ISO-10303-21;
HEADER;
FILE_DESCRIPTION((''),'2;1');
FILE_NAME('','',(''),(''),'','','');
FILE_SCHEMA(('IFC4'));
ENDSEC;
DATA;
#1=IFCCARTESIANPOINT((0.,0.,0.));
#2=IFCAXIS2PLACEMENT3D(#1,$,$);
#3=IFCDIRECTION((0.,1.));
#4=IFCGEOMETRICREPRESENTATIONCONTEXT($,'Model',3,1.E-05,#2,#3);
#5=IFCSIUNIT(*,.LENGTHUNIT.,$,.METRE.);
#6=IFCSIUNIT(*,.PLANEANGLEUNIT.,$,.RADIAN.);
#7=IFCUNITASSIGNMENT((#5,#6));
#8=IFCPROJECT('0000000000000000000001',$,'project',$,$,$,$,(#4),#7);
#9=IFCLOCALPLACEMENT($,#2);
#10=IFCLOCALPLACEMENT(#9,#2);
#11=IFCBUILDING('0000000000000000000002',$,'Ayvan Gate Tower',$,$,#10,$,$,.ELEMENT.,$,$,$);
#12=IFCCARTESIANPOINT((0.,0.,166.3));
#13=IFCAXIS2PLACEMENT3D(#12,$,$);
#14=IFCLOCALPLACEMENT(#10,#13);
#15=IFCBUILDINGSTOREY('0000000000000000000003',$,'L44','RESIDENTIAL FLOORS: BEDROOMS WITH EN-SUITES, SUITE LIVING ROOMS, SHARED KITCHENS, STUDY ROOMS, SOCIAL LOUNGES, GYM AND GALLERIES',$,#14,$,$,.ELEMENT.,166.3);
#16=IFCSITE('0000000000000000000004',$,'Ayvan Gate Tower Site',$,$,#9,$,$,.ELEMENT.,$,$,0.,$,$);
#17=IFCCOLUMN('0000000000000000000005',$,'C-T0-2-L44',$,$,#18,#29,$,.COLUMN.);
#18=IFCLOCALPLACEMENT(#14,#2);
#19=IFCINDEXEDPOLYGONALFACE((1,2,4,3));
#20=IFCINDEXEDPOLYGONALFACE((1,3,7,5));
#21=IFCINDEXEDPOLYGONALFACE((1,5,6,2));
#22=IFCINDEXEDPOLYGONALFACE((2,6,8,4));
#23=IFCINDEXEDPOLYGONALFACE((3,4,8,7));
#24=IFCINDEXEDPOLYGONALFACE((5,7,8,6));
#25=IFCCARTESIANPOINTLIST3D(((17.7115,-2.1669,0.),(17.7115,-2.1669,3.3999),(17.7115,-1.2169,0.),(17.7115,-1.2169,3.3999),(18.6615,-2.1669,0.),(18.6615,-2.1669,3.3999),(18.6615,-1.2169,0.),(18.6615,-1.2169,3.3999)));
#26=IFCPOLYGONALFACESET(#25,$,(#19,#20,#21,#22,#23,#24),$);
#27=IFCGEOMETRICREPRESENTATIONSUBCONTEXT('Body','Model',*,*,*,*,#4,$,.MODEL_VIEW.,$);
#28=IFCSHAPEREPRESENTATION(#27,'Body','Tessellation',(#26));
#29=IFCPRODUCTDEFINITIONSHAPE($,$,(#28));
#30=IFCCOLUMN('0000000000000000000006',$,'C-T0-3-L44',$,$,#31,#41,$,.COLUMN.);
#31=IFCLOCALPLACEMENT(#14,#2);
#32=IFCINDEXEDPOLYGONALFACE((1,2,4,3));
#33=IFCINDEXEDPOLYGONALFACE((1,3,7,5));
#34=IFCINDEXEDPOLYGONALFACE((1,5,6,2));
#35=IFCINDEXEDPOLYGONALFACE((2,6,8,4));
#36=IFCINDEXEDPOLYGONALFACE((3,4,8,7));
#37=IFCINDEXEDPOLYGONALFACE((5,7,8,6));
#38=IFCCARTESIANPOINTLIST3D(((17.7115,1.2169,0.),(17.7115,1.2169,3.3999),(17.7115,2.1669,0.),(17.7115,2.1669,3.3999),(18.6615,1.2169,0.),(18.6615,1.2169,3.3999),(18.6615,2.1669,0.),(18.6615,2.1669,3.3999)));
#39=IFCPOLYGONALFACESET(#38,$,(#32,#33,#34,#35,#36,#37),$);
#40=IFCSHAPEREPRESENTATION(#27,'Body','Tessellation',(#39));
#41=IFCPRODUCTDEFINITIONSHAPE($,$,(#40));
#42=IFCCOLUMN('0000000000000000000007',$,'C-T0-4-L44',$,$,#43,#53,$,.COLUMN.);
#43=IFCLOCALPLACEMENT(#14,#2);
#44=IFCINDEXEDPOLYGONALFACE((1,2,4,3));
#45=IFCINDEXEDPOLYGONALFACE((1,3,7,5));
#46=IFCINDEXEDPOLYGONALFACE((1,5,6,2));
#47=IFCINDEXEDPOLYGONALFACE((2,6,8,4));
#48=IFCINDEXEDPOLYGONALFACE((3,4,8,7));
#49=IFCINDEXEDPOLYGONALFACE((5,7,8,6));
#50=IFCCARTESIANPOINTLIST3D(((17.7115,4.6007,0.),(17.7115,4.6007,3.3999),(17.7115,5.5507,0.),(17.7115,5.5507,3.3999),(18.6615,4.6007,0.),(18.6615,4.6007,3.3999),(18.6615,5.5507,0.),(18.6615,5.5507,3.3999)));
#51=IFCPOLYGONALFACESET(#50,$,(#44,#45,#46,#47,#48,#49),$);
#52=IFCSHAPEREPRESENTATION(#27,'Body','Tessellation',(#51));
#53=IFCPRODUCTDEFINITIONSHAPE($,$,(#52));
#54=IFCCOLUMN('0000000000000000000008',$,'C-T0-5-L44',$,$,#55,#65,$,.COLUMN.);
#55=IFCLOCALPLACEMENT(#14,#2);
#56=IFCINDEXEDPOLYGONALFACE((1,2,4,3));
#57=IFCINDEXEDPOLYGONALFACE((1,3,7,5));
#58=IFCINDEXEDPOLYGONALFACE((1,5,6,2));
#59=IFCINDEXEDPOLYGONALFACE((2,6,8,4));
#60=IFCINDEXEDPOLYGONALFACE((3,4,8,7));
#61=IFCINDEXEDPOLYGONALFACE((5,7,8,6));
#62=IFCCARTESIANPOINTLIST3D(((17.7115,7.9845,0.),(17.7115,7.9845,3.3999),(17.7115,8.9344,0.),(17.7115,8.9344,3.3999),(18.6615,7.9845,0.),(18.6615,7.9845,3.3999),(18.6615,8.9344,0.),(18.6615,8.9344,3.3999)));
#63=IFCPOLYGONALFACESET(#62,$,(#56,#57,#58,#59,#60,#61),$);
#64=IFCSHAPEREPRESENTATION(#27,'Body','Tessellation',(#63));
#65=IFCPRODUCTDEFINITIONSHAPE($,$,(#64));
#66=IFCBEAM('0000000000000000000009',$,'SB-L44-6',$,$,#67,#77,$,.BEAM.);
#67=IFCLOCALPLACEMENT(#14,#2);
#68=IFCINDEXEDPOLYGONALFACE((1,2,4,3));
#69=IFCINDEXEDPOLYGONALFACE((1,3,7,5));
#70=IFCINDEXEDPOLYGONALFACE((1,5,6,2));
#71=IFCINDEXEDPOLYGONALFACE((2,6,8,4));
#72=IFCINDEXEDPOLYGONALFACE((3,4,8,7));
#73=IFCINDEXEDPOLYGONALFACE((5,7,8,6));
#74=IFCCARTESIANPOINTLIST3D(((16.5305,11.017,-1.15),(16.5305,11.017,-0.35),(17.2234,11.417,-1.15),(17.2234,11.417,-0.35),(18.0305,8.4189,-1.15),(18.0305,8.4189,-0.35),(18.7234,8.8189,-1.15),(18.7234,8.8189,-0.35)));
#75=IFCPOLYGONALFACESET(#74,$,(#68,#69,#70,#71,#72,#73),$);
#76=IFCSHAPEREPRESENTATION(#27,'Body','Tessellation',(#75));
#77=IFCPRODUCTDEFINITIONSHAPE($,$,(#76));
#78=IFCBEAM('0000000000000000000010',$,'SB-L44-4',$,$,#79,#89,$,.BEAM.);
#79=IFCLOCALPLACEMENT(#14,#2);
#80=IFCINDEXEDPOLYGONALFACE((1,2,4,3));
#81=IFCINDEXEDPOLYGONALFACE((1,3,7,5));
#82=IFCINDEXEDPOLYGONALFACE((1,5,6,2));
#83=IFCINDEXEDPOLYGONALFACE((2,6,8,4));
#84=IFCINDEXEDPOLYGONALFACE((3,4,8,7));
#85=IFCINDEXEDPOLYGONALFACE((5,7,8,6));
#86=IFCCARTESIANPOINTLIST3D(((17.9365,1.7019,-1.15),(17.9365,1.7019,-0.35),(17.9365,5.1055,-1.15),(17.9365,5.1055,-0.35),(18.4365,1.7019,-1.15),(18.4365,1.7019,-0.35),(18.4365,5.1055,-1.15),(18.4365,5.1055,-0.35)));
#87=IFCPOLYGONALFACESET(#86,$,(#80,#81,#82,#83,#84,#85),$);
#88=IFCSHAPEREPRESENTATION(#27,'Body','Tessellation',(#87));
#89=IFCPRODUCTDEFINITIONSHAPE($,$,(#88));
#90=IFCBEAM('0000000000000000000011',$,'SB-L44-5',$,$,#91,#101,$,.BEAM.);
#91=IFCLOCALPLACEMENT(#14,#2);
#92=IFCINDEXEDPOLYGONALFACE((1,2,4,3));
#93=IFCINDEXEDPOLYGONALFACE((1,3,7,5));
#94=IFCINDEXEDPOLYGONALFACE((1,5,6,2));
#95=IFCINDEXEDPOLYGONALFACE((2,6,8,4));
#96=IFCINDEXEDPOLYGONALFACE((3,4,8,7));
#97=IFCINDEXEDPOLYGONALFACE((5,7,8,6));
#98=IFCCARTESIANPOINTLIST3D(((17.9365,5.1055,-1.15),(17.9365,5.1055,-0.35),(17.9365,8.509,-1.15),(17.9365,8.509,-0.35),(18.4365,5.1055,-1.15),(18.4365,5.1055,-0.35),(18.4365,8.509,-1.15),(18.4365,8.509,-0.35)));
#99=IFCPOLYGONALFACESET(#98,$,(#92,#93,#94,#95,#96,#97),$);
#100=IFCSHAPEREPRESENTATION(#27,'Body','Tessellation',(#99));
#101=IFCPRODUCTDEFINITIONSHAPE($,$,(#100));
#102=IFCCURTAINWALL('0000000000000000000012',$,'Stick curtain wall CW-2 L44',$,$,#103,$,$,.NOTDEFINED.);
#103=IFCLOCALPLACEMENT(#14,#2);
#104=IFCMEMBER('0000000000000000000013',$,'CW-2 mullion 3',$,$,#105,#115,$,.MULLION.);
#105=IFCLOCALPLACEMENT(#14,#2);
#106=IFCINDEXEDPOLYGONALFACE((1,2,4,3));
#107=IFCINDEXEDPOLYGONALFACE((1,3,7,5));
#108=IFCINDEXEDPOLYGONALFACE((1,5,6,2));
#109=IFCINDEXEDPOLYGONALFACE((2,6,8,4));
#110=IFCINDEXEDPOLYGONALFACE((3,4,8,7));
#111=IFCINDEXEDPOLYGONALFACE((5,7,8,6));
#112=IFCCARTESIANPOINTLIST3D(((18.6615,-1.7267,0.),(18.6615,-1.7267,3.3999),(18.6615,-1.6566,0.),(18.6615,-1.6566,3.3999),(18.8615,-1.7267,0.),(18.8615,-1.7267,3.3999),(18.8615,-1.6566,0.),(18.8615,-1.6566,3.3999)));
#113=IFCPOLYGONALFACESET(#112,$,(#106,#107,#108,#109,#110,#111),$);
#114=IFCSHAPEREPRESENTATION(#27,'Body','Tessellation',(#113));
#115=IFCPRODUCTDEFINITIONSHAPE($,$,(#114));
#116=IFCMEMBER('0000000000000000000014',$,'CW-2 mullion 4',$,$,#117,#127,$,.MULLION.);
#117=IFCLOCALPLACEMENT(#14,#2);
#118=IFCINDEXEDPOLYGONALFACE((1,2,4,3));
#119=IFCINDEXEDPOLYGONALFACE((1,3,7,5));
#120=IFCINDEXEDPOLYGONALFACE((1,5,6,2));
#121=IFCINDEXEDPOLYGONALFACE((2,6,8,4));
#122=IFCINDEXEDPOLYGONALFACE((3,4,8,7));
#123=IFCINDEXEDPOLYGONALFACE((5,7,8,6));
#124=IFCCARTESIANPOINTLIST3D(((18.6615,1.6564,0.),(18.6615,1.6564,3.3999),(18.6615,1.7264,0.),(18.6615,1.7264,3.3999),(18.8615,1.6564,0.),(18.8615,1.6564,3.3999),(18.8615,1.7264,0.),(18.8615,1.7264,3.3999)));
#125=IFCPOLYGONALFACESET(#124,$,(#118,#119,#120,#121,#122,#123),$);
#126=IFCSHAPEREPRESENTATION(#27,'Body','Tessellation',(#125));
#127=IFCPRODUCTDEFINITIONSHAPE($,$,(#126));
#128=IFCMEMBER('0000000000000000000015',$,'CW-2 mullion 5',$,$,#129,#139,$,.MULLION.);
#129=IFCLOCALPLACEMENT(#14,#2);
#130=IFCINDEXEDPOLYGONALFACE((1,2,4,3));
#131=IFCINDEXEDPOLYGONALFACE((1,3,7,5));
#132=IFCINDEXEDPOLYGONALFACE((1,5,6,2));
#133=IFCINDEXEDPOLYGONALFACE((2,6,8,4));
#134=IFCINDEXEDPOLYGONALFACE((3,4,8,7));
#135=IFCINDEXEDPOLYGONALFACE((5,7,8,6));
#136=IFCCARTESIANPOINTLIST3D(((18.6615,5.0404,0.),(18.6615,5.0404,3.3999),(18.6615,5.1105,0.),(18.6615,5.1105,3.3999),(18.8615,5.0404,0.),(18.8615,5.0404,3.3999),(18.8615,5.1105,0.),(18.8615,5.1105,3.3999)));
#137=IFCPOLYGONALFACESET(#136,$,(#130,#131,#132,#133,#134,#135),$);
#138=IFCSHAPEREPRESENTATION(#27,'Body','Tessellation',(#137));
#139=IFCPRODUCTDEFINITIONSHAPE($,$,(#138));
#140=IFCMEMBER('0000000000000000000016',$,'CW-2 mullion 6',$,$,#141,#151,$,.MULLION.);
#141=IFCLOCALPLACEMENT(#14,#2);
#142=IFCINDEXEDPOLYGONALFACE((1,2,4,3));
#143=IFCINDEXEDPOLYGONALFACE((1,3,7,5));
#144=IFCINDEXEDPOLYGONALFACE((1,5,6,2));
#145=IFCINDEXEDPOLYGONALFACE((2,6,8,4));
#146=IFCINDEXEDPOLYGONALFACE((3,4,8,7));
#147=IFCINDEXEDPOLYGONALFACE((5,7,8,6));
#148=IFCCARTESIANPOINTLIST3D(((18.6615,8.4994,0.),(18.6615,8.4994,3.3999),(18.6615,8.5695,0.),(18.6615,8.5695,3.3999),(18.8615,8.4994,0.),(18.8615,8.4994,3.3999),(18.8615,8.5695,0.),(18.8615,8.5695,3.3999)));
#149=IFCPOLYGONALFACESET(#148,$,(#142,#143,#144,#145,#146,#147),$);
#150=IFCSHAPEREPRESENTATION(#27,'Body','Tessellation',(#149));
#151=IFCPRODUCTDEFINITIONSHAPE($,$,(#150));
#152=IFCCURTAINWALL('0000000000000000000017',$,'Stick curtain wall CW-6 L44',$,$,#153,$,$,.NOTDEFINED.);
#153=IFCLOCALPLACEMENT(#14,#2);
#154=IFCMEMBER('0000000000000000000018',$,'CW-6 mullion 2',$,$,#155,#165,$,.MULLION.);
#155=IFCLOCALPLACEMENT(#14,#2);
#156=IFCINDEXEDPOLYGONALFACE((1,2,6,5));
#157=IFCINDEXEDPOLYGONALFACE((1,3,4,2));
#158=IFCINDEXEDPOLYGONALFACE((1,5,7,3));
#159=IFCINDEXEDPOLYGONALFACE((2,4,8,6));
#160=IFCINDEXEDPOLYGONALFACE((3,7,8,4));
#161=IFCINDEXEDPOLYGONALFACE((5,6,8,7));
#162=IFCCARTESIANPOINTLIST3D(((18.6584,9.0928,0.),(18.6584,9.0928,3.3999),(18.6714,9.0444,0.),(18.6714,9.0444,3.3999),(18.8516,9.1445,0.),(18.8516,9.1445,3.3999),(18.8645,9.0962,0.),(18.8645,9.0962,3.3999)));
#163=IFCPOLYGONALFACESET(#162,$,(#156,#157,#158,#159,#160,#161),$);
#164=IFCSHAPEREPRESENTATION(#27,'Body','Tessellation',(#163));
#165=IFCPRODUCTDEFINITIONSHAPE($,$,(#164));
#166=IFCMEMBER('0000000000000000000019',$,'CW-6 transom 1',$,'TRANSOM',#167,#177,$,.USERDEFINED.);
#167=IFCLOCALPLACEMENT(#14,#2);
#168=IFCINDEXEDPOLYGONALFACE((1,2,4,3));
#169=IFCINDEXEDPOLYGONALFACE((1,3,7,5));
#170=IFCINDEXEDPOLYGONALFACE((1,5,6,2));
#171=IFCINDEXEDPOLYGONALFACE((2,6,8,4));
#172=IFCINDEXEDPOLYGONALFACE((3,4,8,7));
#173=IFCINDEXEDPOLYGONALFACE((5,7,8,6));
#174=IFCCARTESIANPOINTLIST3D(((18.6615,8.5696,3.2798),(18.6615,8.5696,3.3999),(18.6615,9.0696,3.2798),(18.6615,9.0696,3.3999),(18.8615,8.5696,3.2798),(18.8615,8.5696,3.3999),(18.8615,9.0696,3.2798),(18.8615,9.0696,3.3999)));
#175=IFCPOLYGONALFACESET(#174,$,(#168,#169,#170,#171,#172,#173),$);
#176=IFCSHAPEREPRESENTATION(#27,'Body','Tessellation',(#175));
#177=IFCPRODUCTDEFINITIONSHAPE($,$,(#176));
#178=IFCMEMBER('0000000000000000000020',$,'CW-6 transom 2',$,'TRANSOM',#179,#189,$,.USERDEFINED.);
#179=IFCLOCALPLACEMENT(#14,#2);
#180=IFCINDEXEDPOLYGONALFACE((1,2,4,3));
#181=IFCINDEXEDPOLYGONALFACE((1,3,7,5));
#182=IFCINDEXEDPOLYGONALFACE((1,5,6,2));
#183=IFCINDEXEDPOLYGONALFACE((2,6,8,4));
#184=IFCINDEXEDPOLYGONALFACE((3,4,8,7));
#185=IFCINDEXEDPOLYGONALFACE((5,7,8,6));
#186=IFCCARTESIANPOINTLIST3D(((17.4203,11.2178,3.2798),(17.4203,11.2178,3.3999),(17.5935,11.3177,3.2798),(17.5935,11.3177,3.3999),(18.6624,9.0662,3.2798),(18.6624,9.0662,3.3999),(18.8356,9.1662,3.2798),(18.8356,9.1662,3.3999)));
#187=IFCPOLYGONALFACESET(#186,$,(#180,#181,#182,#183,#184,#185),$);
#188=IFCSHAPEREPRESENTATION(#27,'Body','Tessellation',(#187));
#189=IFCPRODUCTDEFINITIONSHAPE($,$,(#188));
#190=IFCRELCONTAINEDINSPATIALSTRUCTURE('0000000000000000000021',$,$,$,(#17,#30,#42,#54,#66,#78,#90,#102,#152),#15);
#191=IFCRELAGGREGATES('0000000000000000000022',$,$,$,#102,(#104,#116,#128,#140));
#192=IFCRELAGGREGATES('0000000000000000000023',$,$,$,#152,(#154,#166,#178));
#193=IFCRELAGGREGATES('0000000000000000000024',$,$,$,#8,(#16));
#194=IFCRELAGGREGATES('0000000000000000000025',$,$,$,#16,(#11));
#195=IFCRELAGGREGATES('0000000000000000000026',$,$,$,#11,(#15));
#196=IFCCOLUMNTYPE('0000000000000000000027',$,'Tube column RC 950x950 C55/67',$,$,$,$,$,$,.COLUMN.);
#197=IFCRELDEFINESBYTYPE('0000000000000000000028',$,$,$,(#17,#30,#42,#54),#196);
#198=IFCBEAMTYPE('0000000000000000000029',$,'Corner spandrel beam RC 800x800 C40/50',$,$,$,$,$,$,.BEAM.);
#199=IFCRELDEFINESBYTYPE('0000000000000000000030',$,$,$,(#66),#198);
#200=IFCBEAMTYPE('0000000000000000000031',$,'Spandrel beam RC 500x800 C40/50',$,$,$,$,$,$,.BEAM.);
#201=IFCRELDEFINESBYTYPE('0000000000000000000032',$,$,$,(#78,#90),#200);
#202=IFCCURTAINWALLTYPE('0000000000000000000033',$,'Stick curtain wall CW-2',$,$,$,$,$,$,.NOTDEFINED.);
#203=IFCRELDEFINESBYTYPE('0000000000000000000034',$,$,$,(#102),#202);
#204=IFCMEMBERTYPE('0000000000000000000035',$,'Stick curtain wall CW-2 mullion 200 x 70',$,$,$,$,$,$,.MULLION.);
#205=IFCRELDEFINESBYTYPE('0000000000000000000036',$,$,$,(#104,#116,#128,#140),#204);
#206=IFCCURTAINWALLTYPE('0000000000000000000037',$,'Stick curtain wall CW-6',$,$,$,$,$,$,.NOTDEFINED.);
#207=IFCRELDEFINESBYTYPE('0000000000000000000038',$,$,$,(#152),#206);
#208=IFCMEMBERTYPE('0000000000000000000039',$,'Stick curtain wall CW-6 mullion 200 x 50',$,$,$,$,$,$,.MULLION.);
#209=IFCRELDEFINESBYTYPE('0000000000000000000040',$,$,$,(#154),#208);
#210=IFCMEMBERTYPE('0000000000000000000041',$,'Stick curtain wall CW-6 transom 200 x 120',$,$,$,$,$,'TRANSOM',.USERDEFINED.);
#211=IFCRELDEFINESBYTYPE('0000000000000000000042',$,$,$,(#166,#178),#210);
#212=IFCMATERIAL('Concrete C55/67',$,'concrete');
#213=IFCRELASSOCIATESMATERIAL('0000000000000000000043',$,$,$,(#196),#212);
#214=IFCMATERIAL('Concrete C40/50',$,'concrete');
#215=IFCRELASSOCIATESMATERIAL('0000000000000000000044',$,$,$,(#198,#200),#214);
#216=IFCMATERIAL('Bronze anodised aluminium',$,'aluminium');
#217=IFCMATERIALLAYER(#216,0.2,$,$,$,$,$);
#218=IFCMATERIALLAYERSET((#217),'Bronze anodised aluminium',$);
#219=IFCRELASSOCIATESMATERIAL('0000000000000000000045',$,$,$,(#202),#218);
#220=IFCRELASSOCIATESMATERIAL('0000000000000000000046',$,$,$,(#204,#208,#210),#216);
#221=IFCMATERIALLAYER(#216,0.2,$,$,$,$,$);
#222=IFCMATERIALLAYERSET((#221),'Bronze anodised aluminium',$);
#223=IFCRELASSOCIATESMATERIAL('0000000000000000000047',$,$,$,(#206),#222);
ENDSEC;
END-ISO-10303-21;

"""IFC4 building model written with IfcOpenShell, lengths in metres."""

from ifc_helpers import new_model, si_unit, direction, frame, origin, origin_2d, place, context, subcontext, project, spatial, rectangle, extrude, material, layer, layer_set, material_profile, profile_set, type_object, element, aggregate, save


model = new_model("IFC4")

# Units and contexts
model_context = context("Model", 3, precision=1e-05, world=origin(), true_north=direction((0.0, 1.0)))
body_context = subcontext(model_context, "Body", "Model", "MODEL_VIEW")
ifc_project = project(units=[si_unit("LENGTHUNIT", "METRE"), si_unit("PLANEANGLEUNIT", "RADIAN")], contexts=[model_context])

# Site, building, storey
site_placement = place(None, origin())
site = spatial("IfcSite", under=ifc_project, at=site_placement, Name="Ayvan Gate Tower Site", CompositionType="ELEMENT", RefElevation=0.0)
building_placement = place(site_placement, origin())
building = spatial("IfcBuilding", under=site, at=building_placement, Name="Ayvan Gate Tower", CompositionType="ELEMENT")
storey_placement = place(building_placement, frame((0.0, 0.0, 166.3)))
storey = spatial("IfcBuildingStorey", under=building, at=storey_placement, Name="L44", Description="RESIDENTIAL FLOORS: BEDROOMS WITH EN-SUITES, SUITE LIVING ROOMS, SHARED KITCHENS, STUDY ROOMS, SOCIAL LOUNGES, GYM AND GALLERIES", CompositionType="ELEMENT", Elevation=166.3)

# Columns
ifc_material_1 = material(Name="Concrete C55/67", Category="concrete")
ifc_material_profile_1 = material_profile(ifc_material_1, rectangle(XDim=0.95, YDim=0.95, at=origin_2d()), Name="RC 950x950")
ifc_profile_set_1 = profile_set([ifc_material_profile_1], Name="Concrete C55/67")
column_type = type_object("IfcColumnType", Name="Tube column RC 950x950 C55/67", PredefinedType="COLUMN", material=ifc_profile_set_1)
for number, where, z_axis, x_axis, name in (
    (1, (18.1865, -1.6919, 0.0), (0.0, 0.0, 1.0), (1.0, 0.0, 0.0), "C-T0-2-L44"),
    (2, (18.1865, 1.6919, 0.0), (0.0, 0.0, 1.0), (1.0, 0.0, 0.0), "C-T0-3-L44"),
    (3, (18.1865, 5.0757, 0.0), (0.0, 0.0, 1.0), (1.0, 0.0, 0.0), "C-T0-4-L44"),
    (4, (18.1865, 8.4595, 0.0), (0.0, 0.0, 1.0), (1.0, 0.0, 0.0), "C-T0-5-L44"),
):
    element("IfcColumn", number, at=place(storey_placement, frame(where, z_axis=z_axis, x_axis=x_axis)), inside=storey, type_object=column_type, Name=name, PredefinedType="COLUMN", context=body_context, shape_type="SweptSolid", body=[
        extrude(rectangle(XDim=0.95, YDim=0.95, at=origin_2d()), origin(), (0.0, 0.0, 1.0), 3.3999),
    ])

# Beams
ifc_material_2 = material(Name="Concrete C40/50", Category="concrete")
ifc_material_profile_2 = material_profile(ifc_material_2, rectangle(XDim=0.8, YDim=0.8, at=origin_2d()), Name="RC 800x800")
ifc_profile_set_2 = profile_set([ifc_material_profile_2], Name="Concrete C40/50")
beam_type_1 = type_object("IfcBeamType", Name="Corner spandrel beam RC 800x800 C40/50", PredefinedType="BEAM", material=ifc_profile_set_2)
beam_placement = place(storey_placement, frame((18.377, 8.6189, -0.75), z_axis=(-0.49999, 0.866031, 0.0), x_axis=(-0.866031, -0.49999, 0.0)))
element("IfcBeam", 5, at=beam_placement, inside=storey, type_object=beam_type_1, Name="SB-L44-6", PredefinedType="BEAM", context=body_context, shape_type="SweptSolid", body=[
    extrude(rectangle(XDim=0.8, YDim=0.8, at=origin_2d()), origin(), (0.0, 0.0, 1.0), 3.0),
])
ifc_material_profile_3 = material_profile(ifc_material_2, rectangle(XDim=0.5, YDim=0.8, at=origin_2d()), Name="RC 500x800")
ifc_profile_set_3 = profile_set([ifc_material_profile_3], Name="Concrete C40/50")
beam_type_2 = type_object("IfcBeamType", Name="Spandrel beam RC 500x800 C40/50", PredefinedType="BEAM", material=ifc_profile_set_3)
for number, where, z_axis, x_axis, name in (
    (6, (18.1865, 1.7019, -0.75), (0.0, 1.0, 0.0), (-1.0, 0.0, 0.0), "SB-L44-4"),
    (7, (18.1865, 5.1055, -0.75), (0.0, 1.0, 0.0), (-1.0, 0.0, 0.0), "SB-L44-5"),
):
    element("IfcBeam", number, at=place(storey_placement, frame(where, z_axis=z_axis, x_axis=x_axis)), inside=storey, type_object=beam_type_2, Name=name, PredefinedType="BEAM", context=body_context, shape_type="SweptSolid", body=[
        extrude(rectangle(XDim=0.5, YDim=0.8, at=origin_2d()), origin(), (0.0, 0.0, 1.0), 3.4036),
    ])

# Curtain walls, members
ifc_material_3 = material(Name="Bronze anodised aluminium", Category="aluminium")
ifc_layer_1 = layer(ifc_material_3, 0.2)
ifc_layer_set_1 = layer_set([ifc_layer_1], Name="Bronze anodised aluminium")
curtain_wall_type_1 = type_object("IfcCurtainWallType", Name="Stick curtain wall CW-2", PredefinedType="NOTDEFINED", material=ifc_layer_set_1)
curtain_wall_1_placement = place(storey_placement, origin())
curtain_wall_1 = element("IfcCurtainWall", 8, at=curtain_wall_1_placement, inside=storey, type_object=curtain_wall_type_1, Name="Stick curtain wall CW-2 L44", PredefinedType="NOTDEFINED")
ifc_material_profile_4 = material_profile(ifc_material_3, rectangle(XDim=0.2, YDim=0.0701, at=origin_2d()), Name="Stick curtain wall CW-2 mullion 200 x 70")
ifc_profile_set_4 = profile_set([ifc_material_profile_4], Name="Bronze anodised aluminium")
member_type_1 = type_object("IfcMemberType", Name="Stick curtain wall CW-2 mullion 200 x 70", PredefinedType="MULLION", material=ifc_profile_set_4)
member_1_placement = place(storey_placement, frame((18.7615, -1.6917, 0.0), z_axis=(0.0, 0.0, 1.0), x_axis=(1.0, 0.0, 0.0)))
member_1 = element("IfcMember", 9, at=member_1_placement, type_object=member_type_1, Name="CW-2 mullion 3", PredefinedType="MULLION", context=body_context, shape_type="SweptSolid", body=[
    extrude(rectangle(XDim=0.2, YDim=0.0701, at=origin_2d()), origin(), (0.0, 0.0, 1.0), 3.3999),
])
member_2_placement = place(storey_placement, frame((18.7615, 1.6914, 0.0), z_axis=(0.0, 0.0, 1.0), x_axis=(1.0, 0.0, 0.0)))
member_2 = element("IfcMember", 10, at=member_2_placement, type_object=member_type_1, Name="CW-2 mullion 4", PredefinedType="MULLION", context=body_context, shape_type="SweptSolid", body=[
    extrude(rectangle(XDim=0.2, YDim=0.0701, at=origin_2d()), origin(), (0.0, 0.0, 1.0), 3.3999),
])
member_3_placement = place(storey_placement, frame((18.7615, 5.0754, 0.0), z_axis=(0.0, 0.0, 1.0), x_axis=(1.0, 0.0, 0.0)))
member_3 = element("IfcMember", 11, at=member_3_placement, type_object=member_type_1, Name="CW-2 mullion 5", PredefinedType="MULLION", context=body_context, shape_type="SweptSolid", body=[
    extrude(rectangle(XDim=0.2, YDim=0.0701, at=origin_2d()), origin(), (0.0, 0.0, 1.0), 3.3999),
])
member_4_placement = place(storey_placement, frame((18.7615, 8.5344, 0.0), z_axis=(0.0, 0.0, 1.0), x_axis=(1.0, 0.0, 0.0)))
member_4 = element("IfcMember", 12, at=member_4_placement, type_object=member_type_1, Name="CW-2 mullion 6", PredefinedType="MULLION", context=body_context, shape_type="SweptSolid", body=[
    extrude(rectangle(XDim=0.2, YDim=0.0701, at=origin_2d()), origin(), (0.0, 0.0, 1.0), 3.3999),
])
ifc_layer_2 = layer(ifc_material_3, 0.2)
ifc_layer_set_2 = layer_set([ifc_layer_2], Name="Bronze anodised aluminium")
curtain_wall_type_2 = type_object("IfcCurtainWallType", Name="Stick curtain wall CW-6", PredefinedType="NOTDEFINED", material=ifc_layer_set_2)
curtain_wall_2_placement = place(storey_placement, origin())
curtain_wall_2 = element("IfcCurtainWall", 13, at=curtain_wall_2_placement, inside=storey, type_object=curtain_wall_type_2, Name="Stick curtain wall CW-6 L44", PredefinedType="NOTDEFINED")
ifc_material_profile_5 = material_profile(ifc_material_3, rectangle(XDim=0.2, YDim=0.05, at=origin_2d()), Name="Stick curtain wall CW-6 mullion 200 x 50")
ifc_profile_set_5 = profile_set([ifc_material_profile_5], Name="Bronze anodised aluminium")
member_type_2 = type_object("IfcMemberType", Name="Stick curtain wall CW-6 mullion 200 x 50", PredefinedType="MULLION", material=ifc_profile_set_5)
member_5_placement = place(storey_placement, frame((18.7615, 9.0945, 0.0), z_axis=(0.0, 0.0, 1.0), x_axis=(0.965926, 0.258819, 0.0)))
member_5 = element("IfcMember", 14, at=member_5_placement, type_object=member_type_2, Name="CW-6 mullion 2", PredefinedType="MULLION", context=body_context, shape_type="SweptSolid", body=[
    extrude(rectangle(XDim=0.2, YDim=0.05, at=origin_2d()), origin(), (0.0, 0.0, 1.0), 3.3999),
])
ifc_material_profile_6 = material_profile(ifc_material_3, rectangle(XDim=0.2, YDim=0.1201, at=origin_2d()), Name="Stick curtain wall CW-6 transom 200 x 120")
ifc_profile_set_6 = profile_set([ifc_material_profile_6], Name="Bronze anodised aluminium")
member_type_3 = type_object("IfcMemberType", Name="Stick curtain wall CW-6 transom 200 x 120", ElementType="TRANSOM", PredefinedType="USERDEFINED", material=ifc_profile_set_6)
member_6_placement = place(storey_placement, frame((18.7615, 8.5696, 3.3398), z_axis=(0.0, 1.0, 0.0), x_axis=(-1.0, 0.0, 0.0)))
member_6 = element("IfcMember", 15, at=member_6_placement, type_object=member_type_3, Name="CW-6 transom 1", ObjectType="TRANSOM", PredefinedType="USERDEFINED", context=body_context, shape_type="SweptSolid", body=[
    extrude(rectangle(XDim=0.2, YDim=0.1201, at=origin_2d()), origin(), (0.0, 0.0, 1.0), 0.5),
])
member_7_placement = place(storey_placement, frame((18.749, 9.1162, 3.3398), z_axis=(-0.499986, 0.866033, 0.0), x_axis=(-0.866033, -0.499986, 0.0)))
member_7 = element("IfcMember", 16, at=member_7_placement, type_object=member_type_3, Name="CW-6 transom 2", ObjectType="TRANSOM", PredefinedType="USERDEFINED", context=body_context, shape_type="SweptSolid", body=[
    extrude(rectangle(XDim=0.2, YDim=0.1201, at=origin_2d()), origin(), (0.0, 0.0, 1.0), 2.4844),
])

aggregate(curtain_wall_1, [member_1, member_2, member_3, member_4])
aggregate(curtain_wall_2, [member_5, member_6, member_7])

save(model, "model.ifc")
